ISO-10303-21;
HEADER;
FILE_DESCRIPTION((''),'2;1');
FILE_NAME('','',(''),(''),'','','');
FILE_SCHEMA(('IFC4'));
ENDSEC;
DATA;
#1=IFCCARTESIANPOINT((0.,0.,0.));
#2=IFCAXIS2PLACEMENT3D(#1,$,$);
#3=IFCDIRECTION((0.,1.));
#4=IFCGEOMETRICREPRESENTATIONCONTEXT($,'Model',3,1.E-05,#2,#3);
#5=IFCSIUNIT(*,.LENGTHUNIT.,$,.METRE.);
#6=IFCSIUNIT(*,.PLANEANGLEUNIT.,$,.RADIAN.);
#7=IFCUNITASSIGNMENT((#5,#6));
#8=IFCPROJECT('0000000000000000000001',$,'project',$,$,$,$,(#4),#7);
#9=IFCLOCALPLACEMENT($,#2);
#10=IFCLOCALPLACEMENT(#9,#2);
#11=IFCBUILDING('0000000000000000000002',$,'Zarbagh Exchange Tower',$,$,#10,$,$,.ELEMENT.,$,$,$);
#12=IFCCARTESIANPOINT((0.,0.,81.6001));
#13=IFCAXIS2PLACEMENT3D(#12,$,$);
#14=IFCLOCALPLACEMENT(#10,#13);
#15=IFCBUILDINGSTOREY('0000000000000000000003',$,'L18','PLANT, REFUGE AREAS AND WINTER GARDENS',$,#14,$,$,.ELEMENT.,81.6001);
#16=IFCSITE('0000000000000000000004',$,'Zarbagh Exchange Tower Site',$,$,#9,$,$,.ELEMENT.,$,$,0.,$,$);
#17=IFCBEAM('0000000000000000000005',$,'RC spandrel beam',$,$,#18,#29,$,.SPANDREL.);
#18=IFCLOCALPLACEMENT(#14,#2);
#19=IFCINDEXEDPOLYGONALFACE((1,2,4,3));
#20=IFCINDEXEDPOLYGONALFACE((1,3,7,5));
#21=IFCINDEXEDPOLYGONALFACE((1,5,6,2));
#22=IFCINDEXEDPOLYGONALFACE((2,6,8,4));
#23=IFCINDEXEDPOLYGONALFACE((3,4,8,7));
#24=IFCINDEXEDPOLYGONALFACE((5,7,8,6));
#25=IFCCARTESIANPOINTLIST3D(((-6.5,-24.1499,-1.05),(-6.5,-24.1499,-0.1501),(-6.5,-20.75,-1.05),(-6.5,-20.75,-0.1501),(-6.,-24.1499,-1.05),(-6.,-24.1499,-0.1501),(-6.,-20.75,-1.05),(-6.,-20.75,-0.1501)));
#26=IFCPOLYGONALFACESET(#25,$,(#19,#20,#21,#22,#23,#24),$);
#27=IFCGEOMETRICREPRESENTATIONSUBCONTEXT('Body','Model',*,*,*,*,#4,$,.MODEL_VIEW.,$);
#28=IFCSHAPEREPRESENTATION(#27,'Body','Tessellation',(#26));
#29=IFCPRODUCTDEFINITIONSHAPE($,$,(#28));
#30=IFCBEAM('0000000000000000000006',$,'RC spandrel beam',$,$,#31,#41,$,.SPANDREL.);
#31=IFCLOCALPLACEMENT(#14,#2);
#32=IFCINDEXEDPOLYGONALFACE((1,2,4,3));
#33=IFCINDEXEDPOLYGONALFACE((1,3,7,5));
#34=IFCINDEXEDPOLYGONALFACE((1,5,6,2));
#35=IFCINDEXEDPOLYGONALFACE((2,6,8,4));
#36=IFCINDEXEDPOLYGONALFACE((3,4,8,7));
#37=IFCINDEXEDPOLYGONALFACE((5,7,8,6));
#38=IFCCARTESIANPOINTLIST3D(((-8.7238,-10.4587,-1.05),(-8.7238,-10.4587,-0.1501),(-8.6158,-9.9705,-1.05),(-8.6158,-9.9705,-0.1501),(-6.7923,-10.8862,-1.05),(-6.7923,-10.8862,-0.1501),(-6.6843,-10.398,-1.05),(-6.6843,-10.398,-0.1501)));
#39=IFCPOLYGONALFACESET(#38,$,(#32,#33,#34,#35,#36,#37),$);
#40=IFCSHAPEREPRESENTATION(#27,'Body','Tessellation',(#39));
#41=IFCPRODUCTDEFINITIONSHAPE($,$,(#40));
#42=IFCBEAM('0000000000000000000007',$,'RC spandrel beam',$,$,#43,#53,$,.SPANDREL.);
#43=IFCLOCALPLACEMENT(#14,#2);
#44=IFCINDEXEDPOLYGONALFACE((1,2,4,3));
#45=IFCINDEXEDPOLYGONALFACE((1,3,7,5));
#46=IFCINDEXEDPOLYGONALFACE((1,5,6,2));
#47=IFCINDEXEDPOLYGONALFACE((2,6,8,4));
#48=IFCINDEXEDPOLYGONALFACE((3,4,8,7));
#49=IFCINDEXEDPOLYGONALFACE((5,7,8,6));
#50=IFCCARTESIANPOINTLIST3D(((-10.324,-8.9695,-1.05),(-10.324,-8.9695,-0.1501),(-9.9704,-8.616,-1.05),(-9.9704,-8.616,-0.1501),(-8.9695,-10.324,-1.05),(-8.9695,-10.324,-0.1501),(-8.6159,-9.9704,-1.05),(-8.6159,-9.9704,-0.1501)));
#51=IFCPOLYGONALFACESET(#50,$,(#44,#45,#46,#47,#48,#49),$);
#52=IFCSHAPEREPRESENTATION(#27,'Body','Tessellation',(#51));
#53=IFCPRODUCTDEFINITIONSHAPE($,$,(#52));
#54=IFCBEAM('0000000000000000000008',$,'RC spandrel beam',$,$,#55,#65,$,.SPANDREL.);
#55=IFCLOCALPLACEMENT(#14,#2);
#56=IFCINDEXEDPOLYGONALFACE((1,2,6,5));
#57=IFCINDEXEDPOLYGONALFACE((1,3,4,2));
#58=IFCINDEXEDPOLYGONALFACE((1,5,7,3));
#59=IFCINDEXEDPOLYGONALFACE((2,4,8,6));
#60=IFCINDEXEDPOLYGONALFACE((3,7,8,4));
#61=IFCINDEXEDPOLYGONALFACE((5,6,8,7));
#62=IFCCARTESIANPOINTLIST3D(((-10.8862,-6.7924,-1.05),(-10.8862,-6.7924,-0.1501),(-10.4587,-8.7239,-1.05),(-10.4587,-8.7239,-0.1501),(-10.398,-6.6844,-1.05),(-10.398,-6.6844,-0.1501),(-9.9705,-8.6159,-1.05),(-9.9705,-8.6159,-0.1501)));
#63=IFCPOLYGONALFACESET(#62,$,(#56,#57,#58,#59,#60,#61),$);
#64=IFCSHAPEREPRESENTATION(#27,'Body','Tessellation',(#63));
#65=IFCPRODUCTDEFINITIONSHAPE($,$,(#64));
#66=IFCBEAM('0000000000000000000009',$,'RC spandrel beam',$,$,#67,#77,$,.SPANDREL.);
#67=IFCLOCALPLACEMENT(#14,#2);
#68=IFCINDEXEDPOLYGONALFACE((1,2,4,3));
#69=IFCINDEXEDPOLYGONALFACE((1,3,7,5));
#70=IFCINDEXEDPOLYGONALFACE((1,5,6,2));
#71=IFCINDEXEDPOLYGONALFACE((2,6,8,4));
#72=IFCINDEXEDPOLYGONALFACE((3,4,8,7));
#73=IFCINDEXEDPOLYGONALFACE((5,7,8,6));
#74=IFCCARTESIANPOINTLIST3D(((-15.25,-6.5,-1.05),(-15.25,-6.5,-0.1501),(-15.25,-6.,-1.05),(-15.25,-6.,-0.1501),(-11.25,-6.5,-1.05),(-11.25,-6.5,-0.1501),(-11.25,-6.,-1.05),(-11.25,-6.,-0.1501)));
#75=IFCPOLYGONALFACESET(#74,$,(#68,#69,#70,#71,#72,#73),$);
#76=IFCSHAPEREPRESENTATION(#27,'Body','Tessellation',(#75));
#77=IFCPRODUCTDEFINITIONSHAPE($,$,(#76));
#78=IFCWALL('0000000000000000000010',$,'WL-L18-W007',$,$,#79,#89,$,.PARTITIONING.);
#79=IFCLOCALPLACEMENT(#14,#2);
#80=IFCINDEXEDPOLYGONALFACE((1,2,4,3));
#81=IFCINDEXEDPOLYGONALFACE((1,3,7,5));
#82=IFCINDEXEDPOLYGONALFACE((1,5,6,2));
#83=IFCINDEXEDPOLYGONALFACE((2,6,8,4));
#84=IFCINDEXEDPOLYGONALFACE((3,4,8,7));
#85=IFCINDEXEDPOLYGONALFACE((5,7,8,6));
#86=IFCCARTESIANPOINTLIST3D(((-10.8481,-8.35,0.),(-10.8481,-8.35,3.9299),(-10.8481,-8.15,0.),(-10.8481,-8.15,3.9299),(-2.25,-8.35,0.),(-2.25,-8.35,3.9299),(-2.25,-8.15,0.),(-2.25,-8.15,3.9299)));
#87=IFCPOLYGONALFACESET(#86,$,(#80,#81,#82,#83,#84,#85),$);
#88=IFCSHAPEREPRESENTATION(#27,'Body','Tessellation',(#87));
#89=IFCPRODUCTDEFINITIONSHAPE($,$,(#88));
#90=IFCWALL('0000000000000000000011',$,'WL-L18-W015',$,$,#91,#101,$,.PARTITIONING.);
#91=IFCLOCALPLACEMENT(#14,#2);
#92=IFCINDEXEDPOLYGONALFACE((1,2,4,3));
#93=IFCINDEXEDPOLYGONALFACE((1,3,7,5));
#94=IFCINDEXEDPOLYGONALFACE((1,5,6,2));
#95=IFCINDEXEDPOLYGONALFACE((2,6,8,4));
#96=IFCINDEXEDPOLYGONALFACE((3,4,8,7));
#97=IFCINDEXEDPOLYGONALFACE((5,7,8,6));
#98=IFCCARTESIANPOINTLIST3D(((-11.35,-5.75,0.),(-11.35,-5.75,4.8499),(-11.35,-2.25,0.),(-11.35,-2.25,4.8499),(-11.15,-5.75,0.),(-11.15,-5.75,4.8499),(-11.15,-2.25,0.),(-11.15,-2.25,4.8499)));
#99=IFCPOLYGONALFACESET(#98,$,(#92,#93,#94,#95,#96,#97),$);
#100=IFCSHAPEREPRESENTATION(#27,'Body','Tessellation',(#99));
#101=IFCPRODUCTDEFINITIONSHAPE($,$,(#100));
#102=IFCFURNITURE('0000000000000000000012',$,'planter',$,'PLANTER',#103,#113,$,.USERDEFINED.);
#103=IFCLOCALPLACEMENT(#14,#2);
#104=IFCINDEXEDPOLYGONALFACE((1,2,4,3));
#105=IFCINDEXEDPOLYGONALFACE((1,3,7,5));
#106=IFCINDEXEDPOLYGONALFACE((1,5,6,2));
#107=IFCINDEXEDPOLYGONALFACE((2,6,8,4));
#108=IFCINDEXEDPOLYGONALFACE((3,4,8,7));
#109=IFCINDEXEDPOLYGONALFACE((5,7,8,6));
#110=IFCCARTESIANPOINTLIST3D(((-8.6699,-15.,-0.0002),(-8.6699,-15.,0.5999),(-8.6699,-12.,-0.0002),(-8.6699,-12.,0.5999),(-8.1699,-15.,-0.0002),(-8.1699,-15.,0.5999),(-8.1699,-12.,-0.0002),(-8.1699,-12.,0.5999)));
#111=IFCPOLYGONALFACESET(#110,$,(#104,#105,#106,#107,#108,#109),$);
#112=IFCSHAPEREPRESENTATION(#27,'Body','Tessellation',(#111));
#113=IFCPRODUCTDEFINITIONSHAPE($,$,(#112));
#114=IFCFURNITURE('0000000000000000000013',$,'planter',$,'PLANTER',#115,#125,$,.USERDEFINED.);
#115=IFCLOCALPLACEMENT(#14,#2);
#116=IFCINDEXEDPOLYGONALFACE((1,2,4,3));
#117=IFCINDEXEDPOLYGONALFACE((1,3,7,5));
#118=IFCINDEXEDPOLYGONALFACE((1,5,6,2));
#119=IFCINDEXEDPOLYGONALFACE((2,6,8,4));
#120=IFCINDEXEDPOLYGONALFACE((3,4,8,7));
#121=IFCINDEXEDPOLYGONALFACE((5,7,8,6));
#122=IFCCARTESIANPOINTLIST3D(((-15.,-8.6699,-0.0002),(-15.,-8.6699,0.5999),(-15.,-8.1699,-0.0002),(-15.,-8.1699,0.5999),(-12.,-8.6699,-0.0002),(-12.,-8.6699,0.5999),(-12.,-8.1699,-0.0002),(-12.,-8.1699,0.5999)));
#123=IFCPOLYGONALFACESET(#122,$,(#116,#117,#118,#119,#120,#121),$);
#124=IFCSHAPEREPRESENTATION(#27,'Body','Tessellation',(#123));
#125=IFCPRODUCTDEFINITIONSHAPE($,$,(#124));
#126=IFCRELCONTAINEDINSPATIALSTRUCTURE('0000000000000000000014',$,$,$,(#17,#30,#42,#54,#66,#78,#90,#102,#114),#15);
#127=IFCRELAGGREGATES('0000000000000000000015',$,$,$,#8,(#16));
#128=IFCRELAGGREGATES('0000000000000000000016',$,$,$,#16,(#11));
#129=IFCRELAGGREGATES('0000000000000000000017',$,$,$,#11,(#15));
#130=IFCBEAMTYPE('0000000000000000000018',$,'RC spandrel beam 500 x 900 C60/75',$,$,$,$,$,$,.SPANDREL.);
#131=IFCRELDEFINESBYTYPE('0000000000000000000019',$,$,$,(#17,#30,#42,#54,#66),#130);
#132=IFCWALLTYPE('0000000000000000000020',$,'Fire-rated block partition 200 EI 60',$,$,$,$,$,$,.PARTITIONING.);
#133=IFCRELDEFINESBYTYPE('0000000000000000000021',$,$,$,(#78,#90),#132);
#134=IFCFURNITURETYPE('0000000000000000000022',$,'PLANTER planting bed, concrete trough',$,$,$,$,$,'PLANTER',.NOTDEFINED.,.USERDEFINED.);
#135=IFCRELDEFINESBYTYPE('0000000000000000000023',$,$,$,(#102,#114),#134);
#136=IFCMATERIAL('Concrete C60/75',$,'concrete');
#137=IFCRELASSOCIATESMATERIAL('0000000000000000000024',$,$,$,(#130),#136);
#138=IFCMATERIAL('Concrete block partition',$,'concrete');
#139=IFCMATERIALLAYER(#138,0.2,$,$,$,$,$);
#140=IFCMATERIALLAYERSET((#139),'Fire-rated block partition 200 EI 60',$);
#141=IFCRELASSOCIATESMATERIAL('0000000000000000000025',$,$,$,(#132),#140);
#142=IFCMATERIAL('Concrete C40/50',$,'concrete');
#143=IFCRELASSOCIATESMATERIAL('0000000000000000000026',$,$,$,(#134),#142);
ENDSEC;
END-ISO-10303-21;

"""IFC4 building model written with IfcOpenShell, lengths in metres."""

from ifc_helpers import new_model, si_unit, direction, frame, frame_2d, origin, origin_2d, place, context, subcontext, project, spatial, rectangle, extrude, material, layer, layer_set, material_profile, profile_set, type_object, element, save


model = new_model("IFC4")

# Units and contexts
model_context = context("Model", 3, precision=1e-05, world=origin(), true_north=direction((0.0, 1.0)))
body_context = subcontext(model_context, "Body", "Model", "MODEL_VIEW")
ifc_project = project(units=[si_unit("LENGTHUNIT", "METRE"), si_unit("PLANEANGLEUNIT", "RADIAN")], contexts=[model_context])

# Site, building, storey
site_placement = place(None, origin())
site = spatial("IfcSite", under=ifc_project, at=site_placement, Name="Zarbagh Exchange Tower Site", CompositionType="ELEMENT", RefElevation=0.0)
building_placement = place(site_placement, origin())
building = spatial("IfcBuilding", under=site, at=building_placement, Name="Zarbagh Exchange Tower", CompositionType="ELEMENT")
storey_placement = place(building_placement, frame((0.0, 0.0, 81.6001)))
storey = spatial("IfcBuildingStorey", under=building, at=storey_placement, Name="L18", Description="PLANT, REFUGE AREAS AND WINTER GARDENS", CompositionType="ELEMENT", Elevation=81.6001)

# Shared definitions
ifc_material_1 = material(Name="Concrete C60/75", Category="concrete")

# Beams
ifc_material_2 = material(Name="Concrete C40/50", Category="concrete")
ifc_material_profile_1 = material_profile(ifc_material_1, rectangle(XDim=0.5, YDim=0.8999, at=origin_2d()), Name="RC spandrel beam 500 x 900 C60/75")
ifc_profile_set_1 = profile_set([ifc_material_profile_1], Name="Concrete C60/75")
beam_type_1 = type_object("IfcBeamType", Name="RC spandrel beam 500 x 900 C60/75", PredefinedType="SPANDREL", material=ifc_profile_set_1)
beam_1_placement = place(storey_placement, frame((-6.25, -24.1499, -0.6001), z_axis=(0.0, 1.0, 0.0), x_axis=(-1.0, 0.0, 0.0)))
element("IfcBeam", 1, at=beam_1_placement, inside=storey, type_object=beam_type_1, Name="RC spandrel beam", PredefinedType="SPANDREL", context=body_context, shape_type="SweptSolid", body=[
    extrude(rectangle(XDim=0.5, YDim=0.8999, at=origin_2d()), origin(), (0.0, 0.0, 1.0), 3.3999),
])
beam_2_placement = place(storey_placement, frame((-6.7383, -10.6421, -0.6001), z_axis=(-0.976375, 0.216081, 0.0), x_axis=(-0.216081, -0.976375, 0.0)))
element("IfcBeam", 2, at=beam_2_placement, inside=storey, type_object=beam_type_1, Name="RC spandrel beam", PredefinedType="SPANDREL", context=body_context, shape_type="SweptSolid", body=[
    extrude(rectangle(XDim=0.5, YDim=0.8999, at=origin_2d()), origin(), (0.0, 0.0, 1.0), 1.9783),
])
beam_3_placement = place(storey_placement, frame((-8.7927, -10.1472, -0.6001), z_axis=(-0.707107, 0.707107, 0.0), x_axis=(-0.707107, -0.707107, 0.0)))
element("IfcBeam", 3, at=beam_3_placement, inside=storey, type_object=beam_type_1, Name="RC spandrel beam", PredefinedType="SPANDREL", context=body_context, shape_type="SweptSolid", body=[
    extrude(rectangle(XDim=0.5, YDim=0.8999, at=origin_2d()), origin(), (0.0, 0.0, 1.0), 1.9155),
])
beam_4_placement = place(storey_placement, frame((-10.2146, -8.6699, -0.6001), z_axis=(-0.216081, 0.976375, 0.0), x_axis=(-0.976375, -0.216081, 0.0)))
element("IfcBeam", 4, at=beam_4_placement, inside=storey, type_object=beam_type_1, Name="RC spandrel beam", PredefinedType="SPANDREL", context=body_context, shape_type="SweptSolid", body=[
    extrude(rectangle(XDim=0.5, YDim=0.8999, at=origin_2d()), origin(), (0.0, 0.0, 1.0), 1.9783),
])
beam_5_placement = place(storey_placement, frame((-11.25, -6.25, -0.6001), z_axis=(-1.0, 0.0, 0.0), x_axis=(0.0, -1.0, 0.0)))
element("IfcBeam", 5, at=beam_5_placement, inside=storey, type_object=beam_type_1, Name="RC spandrel beam", PredefinedType="SPANDREL", context=body_context, shape_type="SweptSolid", body=[
    extrude(rectangle(XDim=0.5, YDim=0.8999, at=origin_2d()), origin(), (0.0, 0.0, 1.0), 4.0),
])

# Walls
ifc_material_3 = material(Name="Concrete block partition", Category="concrete")
ifc_layer_1 = layer(ifc_material_3, 0.2)
ifc_layer_set_1 = layer_set([ifc_layer_1], Name="Fire-rated block partition 200 EI 60")
wall_type_1 = type_object("IfcWallType", Name="Fire-rated block partition 200 EI 60", PredefinedType="PARTITIONING", material=ifc_layer_set_1)
wall_1_placement = place(storey_placement, frame((-10.8481, -8.25, 0.0), z_axis=(0.0, 0.0, 1.0), x_axis=(1.0, 0.0, 0.0)))
element("IfcWall", 6, at=wall_1_placement, inside=storey, type_object=wall_type_1, Name="WL-L18-W007", PredefinedType="PARTITIONING", context=body_context, shape_type="SweptSolid", body=[
    extrude(rectangle(XDim=8.5981, YDim=0.2, at=frame_2d((4.2991, 0.0))), origin(), (0.0, 0.0, 1.0), 3.9299),
])
wall_2_placement = place(storey_placement, frame((-11.25, -5.75, 0.0), z_axis=(0.0, 0.0, 1.0), x_axis=(0.0, 1.0, 0.0)))
element("IfcWall", 7, at=wall_2_placement, inside=storey, type_object=wall_type_1, Name="WL-L18-W015", PredefinedType="PARTITIONING", context=body_context, shape_type="SweptSolid", body=[
    extrude(rectangle(XDim=3.5, YDim=0.2, at=frame_2d((1.75, 0.0))), origin(), (0.0, 0.0, 1.0), 4.8499),
])

# Furniture
furniture_type = type_object("IfcFurnitureType", Name="PLANTER planting bed, concrete trough", ElementType="PLANTER", AssemblyPlace="NOTDEFINED", PredefinedType="USERDEFINED", material=ifc_material_2)
for number, where, z_axis, x_axis, name in (
    (8, (-8.4199, -13.5, -0.0002), (0.0, 0.0, 1.0), (0.0, 1.0, 0.0), "planter"),
    (9, (-13.5, -8.4199, -0.0002), (0.0, 0.0, 1.0), (-1.0, 0.0, 0.0), "planter"),
):
    element("IfcFurniture", number, at=place(storey_placement, frame(where, z_axis=z_axis, x_axis=x_axis)), inside=storey, type_object=furniture_type, Name=name, ObjectType="PLANTER", PredefinedType="USERDEFINED", context=body_context, shape_type="SweptSolid", body=[
        extrude(rectangle(XDim=3.0, YDim=0.5, at=origin_2d()), origin(), (0.0, 0.0, 1.0), 0.6001),
    ])

save(model, "model.ifc")
